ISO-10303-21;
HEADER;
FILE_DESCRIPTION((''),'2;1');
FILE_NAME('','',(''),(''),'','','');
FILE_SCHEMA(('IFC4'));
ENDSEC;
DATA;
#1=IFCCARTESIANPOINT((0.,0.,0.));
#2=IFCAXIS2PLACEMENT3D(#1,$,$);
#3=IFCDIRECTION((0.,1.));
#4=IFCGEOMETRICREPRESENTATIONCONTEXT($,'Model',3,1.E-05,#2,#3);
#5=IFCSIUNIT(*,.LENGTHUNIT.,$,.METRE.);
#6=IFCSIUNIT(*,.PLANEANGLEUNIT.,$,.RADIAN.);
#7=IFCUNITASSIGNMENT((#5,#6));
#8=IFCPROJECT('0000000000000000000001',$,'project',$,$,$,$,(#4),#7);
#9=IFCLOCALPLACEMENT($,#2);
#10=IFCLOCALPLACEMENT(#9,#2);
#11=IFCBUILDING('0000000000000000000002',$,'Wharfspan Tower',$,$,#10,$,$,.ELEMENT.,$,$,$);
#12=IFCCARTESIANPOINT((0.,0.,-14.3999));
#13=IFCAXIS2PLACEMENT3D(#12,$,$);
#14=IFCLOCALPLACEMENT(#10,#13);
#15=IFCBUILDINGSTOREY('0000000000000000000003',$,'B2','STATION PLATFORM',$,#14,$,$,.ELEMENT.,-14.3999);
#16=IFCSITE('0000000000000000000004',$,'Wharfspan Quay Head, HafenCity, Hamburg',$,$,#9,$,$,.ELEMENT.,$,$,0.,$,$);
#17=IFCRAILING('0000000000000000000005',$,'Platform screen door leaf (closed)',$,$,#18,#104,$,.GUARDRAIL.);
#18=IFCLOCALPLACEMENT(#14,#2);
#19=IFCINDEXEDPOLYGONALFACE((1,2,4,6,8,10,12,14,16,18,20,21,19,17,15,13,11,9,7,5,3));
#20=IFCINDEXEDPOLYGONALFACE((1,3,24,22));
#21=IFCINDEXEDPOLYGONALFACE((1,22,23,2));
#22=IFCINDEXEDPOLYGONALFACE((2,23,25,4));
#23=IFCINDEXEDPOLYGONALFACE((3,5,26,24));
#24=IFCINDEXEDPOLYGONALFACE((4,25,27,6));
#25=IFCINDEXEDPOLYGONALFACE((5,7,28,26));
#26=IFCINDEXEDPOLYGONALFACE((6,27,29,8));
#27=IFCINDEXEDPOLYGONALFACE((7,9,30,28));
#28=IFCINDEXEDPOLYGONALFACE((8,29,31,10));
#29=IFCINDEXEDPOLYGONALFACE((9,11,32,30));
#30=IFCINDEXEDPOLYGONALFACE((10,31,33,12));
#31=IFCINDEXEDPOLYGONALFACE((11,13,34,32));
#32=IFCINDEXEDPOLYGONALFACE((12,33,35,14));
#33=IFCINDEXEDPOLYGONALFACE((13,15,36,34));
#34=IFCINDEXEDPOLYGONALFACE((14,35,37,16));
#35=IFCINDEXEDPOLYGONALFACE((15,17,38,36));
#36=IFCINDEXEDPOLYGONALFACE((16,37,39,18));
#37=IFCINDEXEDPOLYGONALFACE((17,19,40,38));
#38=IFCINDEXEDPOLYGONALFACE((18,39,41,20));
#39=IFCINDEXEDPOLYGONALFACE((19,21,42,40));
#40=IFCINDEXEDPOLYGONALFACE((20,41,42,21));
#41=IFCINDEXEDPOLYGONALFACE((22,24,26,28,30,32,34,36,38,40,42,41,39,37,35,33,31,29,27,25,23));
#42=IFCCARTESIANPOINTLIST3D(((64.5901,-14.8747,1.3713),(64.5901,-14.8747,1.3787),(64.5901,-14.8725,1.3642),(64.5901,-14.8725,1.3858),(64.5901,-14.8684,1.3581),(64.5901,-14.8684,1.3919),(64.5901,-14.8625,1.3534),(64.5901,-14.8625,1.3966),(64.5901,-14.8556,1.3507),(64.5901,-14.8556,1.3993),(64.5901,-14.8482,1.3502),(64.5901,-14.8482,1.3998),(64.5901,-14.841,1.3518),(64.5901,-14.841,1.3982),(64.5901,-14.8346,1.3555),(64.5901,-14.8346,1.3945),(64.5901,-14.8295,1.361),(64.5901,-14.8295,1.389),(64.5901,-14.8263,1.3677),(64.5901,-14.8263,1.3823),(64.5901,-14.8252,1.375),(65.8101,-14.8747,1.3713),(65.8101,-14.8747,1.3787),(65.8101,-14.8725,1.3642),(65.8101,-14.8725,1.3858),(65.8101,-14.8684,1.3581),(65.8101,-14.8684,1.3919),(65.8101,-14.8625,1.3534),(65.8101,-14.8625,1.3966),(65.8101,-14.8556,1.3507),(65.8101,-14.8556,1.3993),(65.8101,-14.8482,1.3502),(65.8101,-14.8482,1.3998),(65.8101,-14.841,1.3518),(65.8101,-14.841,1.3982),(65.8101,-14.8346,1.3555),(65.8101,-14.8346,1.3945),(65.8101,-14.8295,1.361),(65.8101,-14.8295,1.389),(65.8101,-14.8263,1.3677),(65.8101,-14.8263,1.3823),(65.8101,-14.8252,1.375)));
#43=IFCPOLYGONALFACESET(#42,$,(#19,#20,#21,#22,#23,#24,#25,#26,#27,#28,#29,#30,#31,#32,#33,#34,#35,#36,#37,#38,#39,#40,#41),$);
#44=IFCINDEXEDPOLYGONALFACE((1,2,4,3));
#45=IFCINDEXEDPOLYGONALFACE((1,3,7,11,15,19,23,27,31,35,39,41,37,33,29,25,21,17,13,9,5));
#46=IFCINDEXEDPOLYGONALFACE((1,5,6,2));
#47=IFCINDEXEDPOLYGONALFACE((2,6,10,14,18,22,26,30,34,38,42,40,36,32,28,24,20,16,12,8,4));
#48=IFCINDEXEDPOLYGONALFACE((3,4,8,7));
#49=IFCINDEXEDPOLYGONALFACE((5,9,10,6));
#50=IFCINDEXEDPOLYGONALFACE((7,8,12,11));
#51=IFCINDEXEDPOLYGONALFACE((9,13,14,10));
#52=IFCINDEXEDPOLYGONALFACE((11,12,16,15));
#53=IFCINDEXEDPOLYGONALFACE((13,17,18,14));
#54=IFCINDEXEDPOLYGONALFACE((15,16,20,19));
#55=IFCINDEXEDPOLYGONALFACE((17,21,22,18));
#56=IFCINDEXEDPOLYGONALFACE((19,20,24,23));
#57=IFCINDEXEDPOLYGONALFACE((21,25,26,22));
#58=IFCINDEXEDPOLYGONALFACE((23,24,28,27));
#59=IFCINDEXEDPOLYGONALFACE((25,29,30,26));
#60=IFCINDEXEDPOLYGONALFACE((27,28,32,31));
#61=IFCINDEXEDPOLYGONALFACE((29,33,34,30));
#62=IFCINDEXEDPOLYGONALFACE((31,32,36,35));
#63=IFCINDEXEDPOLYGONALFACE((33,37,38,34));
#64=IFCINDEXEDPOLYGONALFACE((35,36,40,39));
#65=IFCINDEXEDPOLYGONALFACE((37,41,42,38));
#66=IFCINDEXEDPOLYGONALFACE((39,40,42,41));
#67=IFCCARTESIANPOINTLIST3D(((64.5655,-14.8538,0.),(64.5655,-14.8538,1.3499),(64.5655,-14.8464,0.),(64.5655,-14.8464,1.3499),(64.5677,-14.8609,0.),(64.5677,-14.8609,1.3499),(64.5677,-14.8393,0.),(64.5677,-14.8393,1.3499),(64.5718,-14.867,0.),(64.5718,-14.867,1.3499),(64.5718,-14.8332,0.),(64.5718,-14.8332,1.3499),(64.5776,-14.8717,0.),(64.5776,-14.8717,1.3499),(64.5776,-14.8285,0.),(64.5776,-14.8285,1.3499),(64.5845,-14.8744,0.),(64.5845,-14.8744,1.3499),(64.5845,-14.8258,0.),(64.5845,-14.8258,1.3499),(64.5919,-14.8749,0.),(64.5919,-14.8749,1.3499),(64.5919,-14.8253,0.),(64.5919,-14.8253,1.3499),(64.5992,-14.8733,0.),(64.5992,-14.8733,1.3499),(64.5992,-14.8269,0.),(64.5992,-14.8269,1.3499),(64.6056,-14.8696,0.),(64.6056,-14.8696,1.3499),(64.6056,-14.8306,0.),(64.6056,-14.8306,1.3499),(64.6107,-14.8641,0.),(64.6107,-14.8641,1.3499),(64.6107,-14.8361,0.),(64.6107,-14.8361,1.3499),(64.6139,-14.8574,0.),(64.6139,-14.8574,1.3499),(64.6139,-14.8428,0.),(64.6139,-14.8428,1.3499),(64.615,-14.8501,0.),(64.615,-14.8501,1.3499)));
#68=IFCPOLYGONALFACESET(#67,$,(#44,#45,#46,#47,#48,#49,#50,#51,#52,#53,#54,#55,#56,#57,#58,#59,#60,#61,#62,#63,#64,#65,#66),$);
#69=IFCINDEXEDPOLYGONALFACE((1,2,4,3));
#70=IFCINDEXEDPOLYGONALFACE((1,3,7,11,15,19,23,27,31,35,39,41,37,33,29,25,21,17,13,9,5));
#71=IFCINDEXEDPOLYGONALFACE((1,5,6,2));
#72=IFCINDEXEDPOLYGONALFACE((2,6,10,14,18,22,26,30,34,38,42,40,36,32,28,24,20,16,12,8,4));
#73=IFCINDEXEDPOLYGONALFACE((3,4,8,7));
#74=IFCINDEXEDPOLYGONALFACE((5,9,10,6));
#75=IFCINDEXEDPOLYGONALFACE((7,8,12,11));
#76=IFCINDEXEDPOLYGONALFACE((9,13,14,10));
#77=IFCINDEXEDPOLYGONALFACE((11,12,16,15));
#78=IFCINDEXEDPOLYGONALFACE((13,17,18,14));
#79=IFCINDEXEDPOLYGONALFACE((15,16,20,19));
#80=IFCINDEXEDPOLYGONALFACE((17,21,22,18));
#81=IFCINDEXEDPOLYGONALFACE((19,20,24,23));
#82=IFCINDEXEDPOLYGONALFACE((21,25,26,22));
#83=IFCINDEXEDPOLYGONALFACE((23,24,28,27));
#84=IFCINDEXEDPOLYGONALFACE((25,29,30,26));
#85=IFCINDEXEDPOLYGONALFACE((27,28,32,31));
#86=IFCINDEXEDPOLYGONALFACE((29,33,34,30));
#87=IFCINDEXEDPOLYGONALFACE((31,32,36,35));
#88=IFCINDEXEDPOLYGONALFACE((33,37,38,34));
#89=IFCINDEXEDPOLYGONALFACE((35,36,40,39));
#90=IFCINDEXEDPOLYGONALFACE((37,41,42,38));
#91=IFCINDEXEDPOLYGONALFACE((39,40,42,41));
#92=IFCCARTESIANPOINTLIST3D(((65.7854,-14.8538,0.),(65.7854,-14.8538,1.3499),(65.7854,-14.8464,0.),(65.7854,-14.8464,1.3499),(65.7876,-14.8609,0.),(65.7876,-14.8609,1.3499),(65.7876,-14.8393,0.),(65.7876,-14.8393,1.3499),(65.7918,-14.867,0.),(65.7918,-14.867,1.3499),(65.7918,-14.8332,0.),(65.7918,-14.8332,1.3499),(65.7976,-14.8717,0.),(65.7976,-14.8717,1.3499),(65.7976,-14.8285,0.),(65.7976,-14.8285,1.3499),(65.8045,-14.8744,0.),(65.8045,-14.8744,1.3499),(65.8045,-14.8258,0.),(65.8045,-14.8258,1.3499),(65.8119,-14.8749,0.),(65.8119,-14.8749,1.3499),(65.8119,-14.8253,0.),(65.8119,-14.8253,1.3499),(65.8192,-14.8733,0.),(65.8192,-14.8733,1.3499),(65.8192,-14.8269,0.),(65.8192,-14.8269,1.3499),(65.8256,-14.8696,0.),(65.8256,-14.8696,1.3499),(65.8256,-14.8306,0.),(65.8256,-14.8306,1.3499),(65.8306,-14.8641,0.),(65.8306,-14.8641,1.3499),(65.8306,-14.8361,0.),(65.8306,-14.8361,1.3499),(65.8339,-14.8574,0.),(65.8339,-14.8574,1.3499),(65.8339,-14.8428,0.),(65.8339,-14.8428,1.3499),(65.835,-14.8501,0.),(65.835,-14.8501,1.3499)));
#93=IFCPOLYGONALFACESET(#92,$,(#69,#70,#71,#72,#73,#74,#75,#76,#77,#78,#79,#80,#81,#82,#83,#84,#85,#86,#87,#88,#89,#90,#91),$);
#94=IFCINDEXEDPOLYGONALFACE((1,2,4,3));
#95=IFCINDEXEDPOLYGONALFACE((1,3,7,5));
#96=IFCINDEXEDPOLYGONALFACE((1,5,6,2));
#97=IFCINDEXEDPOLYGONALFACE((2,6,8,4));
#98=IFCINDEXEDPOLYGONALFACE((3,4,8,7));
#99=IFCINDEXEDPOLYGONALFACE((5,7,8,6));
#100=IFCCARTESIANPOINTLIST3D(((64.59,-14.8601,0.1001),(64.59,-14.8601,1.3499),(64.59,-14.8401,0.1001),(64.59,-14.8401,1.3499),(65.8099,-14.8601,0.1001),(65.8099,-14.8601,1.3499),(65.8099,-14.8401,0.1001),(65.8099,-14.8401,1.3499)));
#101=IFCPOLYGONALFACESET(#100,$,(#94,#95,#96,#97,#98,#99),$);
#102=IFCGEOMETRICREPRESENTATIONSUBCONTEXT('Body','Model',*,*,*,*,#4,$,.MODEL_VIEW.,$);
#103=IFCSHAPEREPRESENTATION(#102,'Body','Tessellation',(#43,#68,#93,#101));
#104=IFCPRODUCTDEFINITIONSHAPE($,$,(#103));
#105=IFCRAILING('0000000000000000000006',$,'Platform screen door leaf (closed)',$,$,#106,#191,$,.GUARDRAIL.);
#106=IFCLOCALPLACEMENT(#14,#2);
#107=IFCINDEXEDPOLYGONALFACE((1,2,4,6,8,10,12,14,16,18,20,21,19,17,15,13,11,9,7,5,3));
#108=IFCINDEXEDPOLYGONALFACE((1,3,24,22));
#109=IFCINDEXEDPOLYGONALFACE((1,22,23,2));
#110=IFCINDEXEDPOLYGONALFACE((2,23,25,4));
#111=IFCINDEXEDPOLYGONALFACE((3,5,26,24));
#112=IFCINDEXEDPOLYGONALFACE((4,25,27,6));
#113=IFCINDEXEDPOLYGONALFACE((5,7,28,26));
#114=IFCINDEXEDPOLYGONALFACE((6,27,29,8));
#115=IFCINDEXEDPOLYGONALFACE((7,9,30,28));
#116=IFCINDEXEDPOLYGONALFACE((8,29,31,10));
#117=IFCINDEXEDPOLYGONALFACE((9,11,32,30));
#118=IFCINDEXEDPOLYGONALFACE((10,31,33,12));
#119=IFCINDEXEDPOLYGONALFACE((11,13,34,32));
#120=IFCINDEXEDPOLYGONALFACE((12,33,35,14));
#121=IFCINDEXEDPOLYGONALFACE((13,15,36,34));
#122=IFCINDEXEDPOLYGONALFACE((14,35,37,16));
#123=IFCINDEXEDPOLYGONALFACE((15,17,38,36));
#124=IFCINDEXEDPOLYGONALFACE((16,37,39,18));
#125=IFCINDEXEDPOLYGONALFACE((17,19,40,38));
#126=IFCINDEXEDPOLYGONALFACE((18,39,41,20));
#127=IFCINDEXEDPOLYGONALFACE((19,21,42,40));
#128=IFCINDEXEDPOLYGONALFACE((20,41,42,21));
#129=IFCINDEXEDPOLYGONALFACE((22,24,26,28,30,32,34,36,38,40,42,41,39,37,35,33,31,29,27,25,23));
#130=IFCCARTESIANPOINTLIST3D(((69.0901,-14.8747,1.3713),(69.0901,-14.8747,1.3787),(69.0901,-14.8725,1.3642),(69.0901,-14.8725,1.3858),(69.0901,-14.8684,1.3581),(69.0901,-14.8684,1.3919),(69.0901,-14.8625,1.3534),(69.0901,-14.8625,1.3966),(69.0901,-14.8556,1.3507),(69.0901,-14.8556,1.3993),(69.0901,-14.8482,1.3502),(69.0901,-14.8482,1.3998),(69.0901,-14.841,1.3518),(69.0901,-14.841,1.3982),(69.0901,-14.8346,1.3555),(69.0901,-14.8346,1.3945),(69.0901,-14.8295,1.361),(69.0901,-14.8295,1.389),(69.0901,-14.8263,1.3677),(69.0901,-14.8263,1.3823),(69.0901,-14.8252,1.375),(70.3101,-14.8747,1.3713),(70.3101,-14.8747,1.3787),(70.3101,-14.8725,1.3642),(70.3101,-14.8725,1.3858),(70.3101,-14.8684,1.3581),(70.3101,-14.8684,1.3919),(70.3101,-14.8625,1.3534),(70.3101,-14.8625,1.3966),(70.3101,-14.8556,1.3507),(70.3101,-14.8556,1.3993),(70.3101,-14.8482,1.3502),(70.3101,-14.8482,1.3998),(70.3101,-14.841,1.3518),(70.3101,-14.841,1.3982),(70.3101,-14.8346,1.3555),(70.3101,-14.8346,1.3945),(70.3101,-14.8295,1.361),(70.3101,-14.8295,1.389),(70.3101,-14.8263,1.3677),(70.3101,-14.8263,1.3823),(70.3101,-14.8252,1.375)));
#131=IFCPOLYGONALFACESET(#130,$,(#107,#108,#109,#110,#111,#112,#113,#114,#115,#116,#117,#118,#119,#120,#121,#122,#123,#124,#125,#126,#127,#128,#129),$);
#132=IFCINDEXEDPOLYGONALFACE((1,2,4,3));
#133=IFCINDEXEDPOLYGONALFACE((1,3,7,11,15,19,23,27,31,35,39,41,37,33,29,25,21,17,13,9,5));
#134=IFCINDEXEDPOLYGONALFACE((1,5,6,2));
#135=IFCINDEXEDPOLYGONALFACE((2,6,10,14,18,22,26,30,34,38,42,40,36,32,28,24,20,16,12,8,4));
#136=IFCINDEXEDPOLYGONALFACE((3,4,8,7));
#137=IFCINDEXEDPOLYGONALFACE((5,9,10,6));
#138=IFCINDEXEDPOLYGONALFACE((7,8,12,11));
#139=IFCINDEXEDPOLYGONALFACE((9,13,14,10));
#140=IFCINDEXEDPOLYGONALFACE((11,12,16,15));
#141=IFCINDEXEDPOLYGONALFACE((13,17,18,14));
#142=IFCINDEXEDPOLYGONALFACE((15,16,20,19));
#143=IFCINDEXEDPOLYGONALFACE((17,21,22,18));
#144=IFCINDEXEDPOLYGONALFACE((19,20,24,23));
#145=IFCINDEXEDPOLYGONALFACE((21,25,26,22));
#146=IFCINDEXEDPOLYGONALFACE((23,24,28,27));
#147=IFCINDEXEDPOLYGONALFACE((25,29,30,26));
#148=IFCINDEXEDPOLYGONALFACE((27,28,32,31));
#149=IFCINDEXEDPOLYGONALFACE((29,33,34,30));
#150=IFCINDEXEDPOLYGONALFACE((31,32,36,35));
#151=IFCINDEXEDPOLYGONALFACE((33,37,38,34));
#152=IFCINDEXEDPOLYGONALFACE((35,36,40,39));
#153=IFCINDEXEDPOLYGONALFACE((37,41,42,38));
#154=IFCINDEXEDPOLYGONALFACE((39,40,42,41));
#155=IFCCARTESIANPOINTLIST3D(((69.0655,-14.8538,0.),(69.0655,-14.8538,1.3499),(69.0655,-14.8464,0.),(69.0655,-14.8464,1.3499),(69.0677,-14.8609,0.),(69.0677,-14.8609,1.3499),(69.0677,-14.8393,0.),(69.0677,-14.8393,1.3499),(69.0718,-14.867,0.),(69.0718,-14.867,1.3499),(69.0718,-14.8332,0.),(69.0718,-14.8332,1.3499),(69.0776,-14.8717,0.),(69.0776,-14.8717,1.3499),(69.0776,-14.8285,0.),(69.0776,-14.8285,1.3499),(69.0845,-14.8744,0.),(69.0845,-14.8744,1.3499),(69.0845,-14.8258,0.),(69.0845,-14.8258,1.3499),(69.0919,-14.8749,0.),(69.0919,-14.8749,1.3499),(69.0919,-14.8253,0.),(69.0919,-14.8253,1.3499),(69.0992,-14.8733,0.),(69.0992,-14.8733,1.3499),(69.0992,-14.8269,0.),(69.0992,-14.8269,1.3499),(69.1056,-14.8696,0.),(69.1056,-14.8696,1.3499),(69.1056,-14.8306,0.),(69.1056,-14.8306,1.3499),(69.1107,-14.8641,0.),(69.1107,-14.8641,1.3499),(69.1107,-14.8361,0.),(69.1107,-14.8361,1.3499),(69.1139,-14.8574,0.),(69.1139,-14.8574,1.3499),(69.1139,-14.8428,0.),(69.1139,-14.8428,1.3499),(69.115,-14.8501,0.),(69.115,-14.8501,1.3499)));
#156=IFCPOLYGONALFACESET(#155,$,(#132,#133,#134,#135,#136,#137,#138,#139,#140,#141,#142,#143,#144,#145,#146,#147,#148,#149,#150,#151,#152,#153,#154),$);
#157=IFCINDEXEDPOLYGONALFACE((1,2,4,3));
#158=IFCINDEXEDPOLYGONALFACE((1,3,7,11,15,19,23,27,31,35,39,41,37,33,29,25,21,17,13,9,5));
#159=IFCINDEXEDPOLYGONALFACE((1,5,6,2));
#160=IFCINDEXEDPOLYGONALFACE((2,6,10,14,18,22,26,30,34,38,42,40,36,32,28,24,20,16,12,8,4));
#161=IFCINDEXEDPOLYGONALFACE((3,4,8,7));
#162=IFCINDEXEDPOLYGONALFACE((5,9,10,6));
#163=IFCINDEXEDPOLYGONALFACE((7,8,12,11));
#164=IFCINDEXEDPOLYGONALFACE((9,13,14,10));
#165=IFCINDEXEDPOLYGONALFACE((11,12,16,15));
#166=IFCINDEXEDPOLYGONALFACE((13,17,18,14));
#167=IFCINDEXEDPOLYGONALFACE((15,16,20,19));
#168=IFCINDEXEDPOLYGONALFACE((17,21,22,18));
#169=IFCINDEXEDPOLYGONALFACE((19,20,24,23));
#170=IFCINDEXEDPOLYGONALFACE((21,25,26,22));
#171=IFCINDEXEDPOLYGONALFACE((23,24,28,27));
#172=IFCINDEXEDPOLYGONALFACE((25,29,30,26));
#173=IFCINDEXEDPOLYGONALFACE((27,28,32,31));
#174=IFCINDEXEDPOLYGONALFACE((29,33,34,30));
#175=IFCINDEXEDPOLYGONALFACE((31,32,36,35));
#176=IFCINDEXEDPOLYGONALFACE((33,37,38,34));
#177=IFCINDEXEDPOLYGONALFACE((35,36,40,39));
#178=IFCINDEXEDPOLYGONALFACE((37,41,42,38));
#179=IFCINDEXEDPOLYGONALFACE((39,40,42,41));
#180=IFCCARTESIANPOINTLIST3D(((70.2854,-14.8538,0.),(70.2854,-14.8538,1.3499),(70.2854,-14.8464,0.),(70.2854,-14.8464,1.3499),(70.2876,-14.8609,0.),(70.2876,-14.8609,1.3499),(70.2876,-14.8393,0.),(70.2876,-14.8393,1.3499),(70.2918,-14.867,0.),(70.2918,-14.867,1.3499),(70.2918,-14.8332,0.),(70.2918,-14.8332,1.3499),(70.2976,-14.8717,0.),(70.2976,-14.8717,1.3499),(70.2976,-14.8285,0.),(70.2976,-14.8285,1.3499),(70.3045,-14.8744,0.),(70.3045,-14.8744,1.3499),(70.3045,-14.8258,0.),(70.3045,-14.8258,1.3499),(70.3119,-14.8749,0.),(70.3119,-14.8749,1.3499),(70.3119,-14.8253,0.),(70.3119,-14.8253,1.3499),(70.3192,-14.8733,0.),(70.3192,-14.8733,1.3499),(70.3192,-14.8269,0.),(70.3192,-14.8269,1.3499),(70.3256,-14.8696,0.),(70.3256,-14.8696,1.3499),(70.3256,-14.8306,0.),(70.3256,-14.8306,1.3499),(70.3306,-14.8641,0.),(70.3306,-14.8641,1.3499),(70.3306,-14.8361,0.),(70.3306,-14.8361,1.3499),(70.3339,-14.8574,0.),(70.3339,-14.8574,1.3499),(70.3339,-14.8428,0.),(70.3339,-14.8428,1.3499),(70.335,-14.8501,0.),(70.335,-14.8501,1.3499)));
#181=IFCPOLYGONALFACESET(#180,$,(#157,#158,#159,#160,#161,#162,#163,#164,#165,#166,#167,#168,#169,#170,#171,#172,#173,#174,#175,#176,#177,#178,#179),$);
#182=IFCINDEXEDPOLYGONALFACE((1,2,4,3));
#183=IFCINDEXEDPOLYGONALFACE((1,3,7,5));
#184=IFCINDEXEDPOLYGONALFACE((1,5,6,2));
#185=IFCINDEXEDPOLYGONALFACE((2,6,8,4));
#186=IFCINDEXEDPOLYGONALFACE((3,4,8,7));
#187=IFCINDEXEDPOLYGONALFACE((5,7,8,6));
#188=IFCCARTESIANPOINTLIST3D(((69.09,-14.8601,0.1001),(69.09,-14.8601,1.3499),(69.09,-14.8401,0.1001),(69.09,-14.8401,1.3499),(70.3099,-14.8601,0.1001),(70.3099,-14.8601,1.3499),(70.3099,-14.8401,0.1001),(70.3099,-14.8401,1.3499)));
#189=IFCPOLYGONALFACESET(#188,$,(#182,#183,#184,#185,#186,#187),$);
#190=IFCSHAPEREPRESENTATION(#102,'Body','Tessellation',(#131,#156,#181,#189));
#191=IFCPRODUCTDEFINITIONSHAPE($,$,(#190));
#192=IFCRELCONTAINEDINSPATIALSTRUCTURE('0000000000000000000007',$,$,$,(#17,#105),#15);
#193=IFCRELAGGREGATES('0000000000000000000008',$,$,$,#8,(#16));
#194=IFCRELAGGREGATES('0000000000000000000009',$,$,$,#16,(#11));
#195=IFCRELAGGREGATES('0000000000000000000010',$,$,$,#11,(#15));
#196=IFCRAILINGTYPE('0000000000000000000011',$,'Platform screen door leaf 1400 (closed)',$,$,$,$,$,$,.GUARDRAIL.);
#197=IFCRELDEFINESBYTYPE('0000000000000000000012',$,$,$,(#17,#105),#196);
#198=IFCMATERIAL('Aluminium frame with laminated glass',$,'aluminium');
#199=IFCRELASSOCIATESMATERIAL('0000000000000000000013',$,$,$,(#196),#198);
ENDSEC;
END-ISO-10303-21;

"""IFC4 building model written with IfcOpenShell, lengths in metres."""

from ifc_helpers import new_model, si_unit, direction, frame, origin, origin_2d, place, context, subcontext, project, spatial, rectangle, circle, extrude, material, type_object, element, save


model = new_model("IFC4")

# Units and contexts
model_context = context("Model", 3, precision=1e-05, world=origin(), true_north=direction((0.0, 1.0)))
body_context = subcontext(model_context, "Body", "Model", "MODEL_VIEW")
ifc_project = project(units=[si_unit("LENGTHUNIT", "METRE"), si_unit("PLANEANGLEUNIT", "RADIAN")], contexts=[model_context])

# Site, building, storey
site_placement = place(None, origin())
site = spatial("IfcSite", under=ifc_project, at=site_placement, Name="Wharfspan Quay Head, HafenCity, Hamburg", CompositionType="ELEMENT", RefElevation=0.0)
building_placement = place(site_placement, origin())
building = spatial("IfcBuilding", under=site, at=building_placement, Name="Wharfspan Tower", CompositionType="ELEMENT")
storey_placement = place(building_placement, frame((0.0, 0.0, -14.3999)))
storey = spatial("IfcBuildingStorey", under=building, at=storey_placement, Name="B2", Description="STATION PLATFORM", CompositionType="ELEMENT", Elevation=-14.3999)

# Railings
ifc_material_1 = material(Name="Aluminium frame with laminated glass", Category="aluminium")
railing_type_1 = type_object("IfcRailingType", Name="Platform screen door leaf 1400 (closed)", PredefinedType="GUARDRAIL", material=ifc_material_1)
for number, where, name in (
    (1, (64.5901, -14.8501, 0.0), "Platform screen door leaf (closed)"),
    (2, (69.0901, -14.8501, 0.0), "Platform screen door leaf (closed)"),
):
    element("IfcRailing", number, at=place(storey_placement, frame(where)), inside=storey, type_object=railing_type_1, Name=name, PredefinedType="GUARDRAIL", context=body_context, shape_type="SweptSolid", body=[
        extrude(circle(Radius=0.0249, at=origin_2d()), frame((0.0, 0.0, 1.375), z_axis=(1.0, 0.0, 0.0), x_axis=(0.0, 1.0, 0.0)), (0.0, 0.0, 1.0), 1.22),
        extrude(circle(Radius=0.0249, at=origin_2d()), origin(), (0.0, 0.0, 1.0), 1.3499),
        extrude(circle(Radius=0.0249, at=origin_2d()), frame((1.22, 0.0, 0.0)), (0.0, 0.0, 1.0), 1.3499),
        extrude(rectangle(XDim=1.22, YDim=0.02, at=origin_2d()), frame((0.6099, 0.0, 0.1001), z_axis=(0.0, 0.0, 1.0), x_axis=(1.0, 0.0, 0.0)), (0.0, 0.0, 1.0), 1.2498),
    ])

save(model, "model.ifc")
